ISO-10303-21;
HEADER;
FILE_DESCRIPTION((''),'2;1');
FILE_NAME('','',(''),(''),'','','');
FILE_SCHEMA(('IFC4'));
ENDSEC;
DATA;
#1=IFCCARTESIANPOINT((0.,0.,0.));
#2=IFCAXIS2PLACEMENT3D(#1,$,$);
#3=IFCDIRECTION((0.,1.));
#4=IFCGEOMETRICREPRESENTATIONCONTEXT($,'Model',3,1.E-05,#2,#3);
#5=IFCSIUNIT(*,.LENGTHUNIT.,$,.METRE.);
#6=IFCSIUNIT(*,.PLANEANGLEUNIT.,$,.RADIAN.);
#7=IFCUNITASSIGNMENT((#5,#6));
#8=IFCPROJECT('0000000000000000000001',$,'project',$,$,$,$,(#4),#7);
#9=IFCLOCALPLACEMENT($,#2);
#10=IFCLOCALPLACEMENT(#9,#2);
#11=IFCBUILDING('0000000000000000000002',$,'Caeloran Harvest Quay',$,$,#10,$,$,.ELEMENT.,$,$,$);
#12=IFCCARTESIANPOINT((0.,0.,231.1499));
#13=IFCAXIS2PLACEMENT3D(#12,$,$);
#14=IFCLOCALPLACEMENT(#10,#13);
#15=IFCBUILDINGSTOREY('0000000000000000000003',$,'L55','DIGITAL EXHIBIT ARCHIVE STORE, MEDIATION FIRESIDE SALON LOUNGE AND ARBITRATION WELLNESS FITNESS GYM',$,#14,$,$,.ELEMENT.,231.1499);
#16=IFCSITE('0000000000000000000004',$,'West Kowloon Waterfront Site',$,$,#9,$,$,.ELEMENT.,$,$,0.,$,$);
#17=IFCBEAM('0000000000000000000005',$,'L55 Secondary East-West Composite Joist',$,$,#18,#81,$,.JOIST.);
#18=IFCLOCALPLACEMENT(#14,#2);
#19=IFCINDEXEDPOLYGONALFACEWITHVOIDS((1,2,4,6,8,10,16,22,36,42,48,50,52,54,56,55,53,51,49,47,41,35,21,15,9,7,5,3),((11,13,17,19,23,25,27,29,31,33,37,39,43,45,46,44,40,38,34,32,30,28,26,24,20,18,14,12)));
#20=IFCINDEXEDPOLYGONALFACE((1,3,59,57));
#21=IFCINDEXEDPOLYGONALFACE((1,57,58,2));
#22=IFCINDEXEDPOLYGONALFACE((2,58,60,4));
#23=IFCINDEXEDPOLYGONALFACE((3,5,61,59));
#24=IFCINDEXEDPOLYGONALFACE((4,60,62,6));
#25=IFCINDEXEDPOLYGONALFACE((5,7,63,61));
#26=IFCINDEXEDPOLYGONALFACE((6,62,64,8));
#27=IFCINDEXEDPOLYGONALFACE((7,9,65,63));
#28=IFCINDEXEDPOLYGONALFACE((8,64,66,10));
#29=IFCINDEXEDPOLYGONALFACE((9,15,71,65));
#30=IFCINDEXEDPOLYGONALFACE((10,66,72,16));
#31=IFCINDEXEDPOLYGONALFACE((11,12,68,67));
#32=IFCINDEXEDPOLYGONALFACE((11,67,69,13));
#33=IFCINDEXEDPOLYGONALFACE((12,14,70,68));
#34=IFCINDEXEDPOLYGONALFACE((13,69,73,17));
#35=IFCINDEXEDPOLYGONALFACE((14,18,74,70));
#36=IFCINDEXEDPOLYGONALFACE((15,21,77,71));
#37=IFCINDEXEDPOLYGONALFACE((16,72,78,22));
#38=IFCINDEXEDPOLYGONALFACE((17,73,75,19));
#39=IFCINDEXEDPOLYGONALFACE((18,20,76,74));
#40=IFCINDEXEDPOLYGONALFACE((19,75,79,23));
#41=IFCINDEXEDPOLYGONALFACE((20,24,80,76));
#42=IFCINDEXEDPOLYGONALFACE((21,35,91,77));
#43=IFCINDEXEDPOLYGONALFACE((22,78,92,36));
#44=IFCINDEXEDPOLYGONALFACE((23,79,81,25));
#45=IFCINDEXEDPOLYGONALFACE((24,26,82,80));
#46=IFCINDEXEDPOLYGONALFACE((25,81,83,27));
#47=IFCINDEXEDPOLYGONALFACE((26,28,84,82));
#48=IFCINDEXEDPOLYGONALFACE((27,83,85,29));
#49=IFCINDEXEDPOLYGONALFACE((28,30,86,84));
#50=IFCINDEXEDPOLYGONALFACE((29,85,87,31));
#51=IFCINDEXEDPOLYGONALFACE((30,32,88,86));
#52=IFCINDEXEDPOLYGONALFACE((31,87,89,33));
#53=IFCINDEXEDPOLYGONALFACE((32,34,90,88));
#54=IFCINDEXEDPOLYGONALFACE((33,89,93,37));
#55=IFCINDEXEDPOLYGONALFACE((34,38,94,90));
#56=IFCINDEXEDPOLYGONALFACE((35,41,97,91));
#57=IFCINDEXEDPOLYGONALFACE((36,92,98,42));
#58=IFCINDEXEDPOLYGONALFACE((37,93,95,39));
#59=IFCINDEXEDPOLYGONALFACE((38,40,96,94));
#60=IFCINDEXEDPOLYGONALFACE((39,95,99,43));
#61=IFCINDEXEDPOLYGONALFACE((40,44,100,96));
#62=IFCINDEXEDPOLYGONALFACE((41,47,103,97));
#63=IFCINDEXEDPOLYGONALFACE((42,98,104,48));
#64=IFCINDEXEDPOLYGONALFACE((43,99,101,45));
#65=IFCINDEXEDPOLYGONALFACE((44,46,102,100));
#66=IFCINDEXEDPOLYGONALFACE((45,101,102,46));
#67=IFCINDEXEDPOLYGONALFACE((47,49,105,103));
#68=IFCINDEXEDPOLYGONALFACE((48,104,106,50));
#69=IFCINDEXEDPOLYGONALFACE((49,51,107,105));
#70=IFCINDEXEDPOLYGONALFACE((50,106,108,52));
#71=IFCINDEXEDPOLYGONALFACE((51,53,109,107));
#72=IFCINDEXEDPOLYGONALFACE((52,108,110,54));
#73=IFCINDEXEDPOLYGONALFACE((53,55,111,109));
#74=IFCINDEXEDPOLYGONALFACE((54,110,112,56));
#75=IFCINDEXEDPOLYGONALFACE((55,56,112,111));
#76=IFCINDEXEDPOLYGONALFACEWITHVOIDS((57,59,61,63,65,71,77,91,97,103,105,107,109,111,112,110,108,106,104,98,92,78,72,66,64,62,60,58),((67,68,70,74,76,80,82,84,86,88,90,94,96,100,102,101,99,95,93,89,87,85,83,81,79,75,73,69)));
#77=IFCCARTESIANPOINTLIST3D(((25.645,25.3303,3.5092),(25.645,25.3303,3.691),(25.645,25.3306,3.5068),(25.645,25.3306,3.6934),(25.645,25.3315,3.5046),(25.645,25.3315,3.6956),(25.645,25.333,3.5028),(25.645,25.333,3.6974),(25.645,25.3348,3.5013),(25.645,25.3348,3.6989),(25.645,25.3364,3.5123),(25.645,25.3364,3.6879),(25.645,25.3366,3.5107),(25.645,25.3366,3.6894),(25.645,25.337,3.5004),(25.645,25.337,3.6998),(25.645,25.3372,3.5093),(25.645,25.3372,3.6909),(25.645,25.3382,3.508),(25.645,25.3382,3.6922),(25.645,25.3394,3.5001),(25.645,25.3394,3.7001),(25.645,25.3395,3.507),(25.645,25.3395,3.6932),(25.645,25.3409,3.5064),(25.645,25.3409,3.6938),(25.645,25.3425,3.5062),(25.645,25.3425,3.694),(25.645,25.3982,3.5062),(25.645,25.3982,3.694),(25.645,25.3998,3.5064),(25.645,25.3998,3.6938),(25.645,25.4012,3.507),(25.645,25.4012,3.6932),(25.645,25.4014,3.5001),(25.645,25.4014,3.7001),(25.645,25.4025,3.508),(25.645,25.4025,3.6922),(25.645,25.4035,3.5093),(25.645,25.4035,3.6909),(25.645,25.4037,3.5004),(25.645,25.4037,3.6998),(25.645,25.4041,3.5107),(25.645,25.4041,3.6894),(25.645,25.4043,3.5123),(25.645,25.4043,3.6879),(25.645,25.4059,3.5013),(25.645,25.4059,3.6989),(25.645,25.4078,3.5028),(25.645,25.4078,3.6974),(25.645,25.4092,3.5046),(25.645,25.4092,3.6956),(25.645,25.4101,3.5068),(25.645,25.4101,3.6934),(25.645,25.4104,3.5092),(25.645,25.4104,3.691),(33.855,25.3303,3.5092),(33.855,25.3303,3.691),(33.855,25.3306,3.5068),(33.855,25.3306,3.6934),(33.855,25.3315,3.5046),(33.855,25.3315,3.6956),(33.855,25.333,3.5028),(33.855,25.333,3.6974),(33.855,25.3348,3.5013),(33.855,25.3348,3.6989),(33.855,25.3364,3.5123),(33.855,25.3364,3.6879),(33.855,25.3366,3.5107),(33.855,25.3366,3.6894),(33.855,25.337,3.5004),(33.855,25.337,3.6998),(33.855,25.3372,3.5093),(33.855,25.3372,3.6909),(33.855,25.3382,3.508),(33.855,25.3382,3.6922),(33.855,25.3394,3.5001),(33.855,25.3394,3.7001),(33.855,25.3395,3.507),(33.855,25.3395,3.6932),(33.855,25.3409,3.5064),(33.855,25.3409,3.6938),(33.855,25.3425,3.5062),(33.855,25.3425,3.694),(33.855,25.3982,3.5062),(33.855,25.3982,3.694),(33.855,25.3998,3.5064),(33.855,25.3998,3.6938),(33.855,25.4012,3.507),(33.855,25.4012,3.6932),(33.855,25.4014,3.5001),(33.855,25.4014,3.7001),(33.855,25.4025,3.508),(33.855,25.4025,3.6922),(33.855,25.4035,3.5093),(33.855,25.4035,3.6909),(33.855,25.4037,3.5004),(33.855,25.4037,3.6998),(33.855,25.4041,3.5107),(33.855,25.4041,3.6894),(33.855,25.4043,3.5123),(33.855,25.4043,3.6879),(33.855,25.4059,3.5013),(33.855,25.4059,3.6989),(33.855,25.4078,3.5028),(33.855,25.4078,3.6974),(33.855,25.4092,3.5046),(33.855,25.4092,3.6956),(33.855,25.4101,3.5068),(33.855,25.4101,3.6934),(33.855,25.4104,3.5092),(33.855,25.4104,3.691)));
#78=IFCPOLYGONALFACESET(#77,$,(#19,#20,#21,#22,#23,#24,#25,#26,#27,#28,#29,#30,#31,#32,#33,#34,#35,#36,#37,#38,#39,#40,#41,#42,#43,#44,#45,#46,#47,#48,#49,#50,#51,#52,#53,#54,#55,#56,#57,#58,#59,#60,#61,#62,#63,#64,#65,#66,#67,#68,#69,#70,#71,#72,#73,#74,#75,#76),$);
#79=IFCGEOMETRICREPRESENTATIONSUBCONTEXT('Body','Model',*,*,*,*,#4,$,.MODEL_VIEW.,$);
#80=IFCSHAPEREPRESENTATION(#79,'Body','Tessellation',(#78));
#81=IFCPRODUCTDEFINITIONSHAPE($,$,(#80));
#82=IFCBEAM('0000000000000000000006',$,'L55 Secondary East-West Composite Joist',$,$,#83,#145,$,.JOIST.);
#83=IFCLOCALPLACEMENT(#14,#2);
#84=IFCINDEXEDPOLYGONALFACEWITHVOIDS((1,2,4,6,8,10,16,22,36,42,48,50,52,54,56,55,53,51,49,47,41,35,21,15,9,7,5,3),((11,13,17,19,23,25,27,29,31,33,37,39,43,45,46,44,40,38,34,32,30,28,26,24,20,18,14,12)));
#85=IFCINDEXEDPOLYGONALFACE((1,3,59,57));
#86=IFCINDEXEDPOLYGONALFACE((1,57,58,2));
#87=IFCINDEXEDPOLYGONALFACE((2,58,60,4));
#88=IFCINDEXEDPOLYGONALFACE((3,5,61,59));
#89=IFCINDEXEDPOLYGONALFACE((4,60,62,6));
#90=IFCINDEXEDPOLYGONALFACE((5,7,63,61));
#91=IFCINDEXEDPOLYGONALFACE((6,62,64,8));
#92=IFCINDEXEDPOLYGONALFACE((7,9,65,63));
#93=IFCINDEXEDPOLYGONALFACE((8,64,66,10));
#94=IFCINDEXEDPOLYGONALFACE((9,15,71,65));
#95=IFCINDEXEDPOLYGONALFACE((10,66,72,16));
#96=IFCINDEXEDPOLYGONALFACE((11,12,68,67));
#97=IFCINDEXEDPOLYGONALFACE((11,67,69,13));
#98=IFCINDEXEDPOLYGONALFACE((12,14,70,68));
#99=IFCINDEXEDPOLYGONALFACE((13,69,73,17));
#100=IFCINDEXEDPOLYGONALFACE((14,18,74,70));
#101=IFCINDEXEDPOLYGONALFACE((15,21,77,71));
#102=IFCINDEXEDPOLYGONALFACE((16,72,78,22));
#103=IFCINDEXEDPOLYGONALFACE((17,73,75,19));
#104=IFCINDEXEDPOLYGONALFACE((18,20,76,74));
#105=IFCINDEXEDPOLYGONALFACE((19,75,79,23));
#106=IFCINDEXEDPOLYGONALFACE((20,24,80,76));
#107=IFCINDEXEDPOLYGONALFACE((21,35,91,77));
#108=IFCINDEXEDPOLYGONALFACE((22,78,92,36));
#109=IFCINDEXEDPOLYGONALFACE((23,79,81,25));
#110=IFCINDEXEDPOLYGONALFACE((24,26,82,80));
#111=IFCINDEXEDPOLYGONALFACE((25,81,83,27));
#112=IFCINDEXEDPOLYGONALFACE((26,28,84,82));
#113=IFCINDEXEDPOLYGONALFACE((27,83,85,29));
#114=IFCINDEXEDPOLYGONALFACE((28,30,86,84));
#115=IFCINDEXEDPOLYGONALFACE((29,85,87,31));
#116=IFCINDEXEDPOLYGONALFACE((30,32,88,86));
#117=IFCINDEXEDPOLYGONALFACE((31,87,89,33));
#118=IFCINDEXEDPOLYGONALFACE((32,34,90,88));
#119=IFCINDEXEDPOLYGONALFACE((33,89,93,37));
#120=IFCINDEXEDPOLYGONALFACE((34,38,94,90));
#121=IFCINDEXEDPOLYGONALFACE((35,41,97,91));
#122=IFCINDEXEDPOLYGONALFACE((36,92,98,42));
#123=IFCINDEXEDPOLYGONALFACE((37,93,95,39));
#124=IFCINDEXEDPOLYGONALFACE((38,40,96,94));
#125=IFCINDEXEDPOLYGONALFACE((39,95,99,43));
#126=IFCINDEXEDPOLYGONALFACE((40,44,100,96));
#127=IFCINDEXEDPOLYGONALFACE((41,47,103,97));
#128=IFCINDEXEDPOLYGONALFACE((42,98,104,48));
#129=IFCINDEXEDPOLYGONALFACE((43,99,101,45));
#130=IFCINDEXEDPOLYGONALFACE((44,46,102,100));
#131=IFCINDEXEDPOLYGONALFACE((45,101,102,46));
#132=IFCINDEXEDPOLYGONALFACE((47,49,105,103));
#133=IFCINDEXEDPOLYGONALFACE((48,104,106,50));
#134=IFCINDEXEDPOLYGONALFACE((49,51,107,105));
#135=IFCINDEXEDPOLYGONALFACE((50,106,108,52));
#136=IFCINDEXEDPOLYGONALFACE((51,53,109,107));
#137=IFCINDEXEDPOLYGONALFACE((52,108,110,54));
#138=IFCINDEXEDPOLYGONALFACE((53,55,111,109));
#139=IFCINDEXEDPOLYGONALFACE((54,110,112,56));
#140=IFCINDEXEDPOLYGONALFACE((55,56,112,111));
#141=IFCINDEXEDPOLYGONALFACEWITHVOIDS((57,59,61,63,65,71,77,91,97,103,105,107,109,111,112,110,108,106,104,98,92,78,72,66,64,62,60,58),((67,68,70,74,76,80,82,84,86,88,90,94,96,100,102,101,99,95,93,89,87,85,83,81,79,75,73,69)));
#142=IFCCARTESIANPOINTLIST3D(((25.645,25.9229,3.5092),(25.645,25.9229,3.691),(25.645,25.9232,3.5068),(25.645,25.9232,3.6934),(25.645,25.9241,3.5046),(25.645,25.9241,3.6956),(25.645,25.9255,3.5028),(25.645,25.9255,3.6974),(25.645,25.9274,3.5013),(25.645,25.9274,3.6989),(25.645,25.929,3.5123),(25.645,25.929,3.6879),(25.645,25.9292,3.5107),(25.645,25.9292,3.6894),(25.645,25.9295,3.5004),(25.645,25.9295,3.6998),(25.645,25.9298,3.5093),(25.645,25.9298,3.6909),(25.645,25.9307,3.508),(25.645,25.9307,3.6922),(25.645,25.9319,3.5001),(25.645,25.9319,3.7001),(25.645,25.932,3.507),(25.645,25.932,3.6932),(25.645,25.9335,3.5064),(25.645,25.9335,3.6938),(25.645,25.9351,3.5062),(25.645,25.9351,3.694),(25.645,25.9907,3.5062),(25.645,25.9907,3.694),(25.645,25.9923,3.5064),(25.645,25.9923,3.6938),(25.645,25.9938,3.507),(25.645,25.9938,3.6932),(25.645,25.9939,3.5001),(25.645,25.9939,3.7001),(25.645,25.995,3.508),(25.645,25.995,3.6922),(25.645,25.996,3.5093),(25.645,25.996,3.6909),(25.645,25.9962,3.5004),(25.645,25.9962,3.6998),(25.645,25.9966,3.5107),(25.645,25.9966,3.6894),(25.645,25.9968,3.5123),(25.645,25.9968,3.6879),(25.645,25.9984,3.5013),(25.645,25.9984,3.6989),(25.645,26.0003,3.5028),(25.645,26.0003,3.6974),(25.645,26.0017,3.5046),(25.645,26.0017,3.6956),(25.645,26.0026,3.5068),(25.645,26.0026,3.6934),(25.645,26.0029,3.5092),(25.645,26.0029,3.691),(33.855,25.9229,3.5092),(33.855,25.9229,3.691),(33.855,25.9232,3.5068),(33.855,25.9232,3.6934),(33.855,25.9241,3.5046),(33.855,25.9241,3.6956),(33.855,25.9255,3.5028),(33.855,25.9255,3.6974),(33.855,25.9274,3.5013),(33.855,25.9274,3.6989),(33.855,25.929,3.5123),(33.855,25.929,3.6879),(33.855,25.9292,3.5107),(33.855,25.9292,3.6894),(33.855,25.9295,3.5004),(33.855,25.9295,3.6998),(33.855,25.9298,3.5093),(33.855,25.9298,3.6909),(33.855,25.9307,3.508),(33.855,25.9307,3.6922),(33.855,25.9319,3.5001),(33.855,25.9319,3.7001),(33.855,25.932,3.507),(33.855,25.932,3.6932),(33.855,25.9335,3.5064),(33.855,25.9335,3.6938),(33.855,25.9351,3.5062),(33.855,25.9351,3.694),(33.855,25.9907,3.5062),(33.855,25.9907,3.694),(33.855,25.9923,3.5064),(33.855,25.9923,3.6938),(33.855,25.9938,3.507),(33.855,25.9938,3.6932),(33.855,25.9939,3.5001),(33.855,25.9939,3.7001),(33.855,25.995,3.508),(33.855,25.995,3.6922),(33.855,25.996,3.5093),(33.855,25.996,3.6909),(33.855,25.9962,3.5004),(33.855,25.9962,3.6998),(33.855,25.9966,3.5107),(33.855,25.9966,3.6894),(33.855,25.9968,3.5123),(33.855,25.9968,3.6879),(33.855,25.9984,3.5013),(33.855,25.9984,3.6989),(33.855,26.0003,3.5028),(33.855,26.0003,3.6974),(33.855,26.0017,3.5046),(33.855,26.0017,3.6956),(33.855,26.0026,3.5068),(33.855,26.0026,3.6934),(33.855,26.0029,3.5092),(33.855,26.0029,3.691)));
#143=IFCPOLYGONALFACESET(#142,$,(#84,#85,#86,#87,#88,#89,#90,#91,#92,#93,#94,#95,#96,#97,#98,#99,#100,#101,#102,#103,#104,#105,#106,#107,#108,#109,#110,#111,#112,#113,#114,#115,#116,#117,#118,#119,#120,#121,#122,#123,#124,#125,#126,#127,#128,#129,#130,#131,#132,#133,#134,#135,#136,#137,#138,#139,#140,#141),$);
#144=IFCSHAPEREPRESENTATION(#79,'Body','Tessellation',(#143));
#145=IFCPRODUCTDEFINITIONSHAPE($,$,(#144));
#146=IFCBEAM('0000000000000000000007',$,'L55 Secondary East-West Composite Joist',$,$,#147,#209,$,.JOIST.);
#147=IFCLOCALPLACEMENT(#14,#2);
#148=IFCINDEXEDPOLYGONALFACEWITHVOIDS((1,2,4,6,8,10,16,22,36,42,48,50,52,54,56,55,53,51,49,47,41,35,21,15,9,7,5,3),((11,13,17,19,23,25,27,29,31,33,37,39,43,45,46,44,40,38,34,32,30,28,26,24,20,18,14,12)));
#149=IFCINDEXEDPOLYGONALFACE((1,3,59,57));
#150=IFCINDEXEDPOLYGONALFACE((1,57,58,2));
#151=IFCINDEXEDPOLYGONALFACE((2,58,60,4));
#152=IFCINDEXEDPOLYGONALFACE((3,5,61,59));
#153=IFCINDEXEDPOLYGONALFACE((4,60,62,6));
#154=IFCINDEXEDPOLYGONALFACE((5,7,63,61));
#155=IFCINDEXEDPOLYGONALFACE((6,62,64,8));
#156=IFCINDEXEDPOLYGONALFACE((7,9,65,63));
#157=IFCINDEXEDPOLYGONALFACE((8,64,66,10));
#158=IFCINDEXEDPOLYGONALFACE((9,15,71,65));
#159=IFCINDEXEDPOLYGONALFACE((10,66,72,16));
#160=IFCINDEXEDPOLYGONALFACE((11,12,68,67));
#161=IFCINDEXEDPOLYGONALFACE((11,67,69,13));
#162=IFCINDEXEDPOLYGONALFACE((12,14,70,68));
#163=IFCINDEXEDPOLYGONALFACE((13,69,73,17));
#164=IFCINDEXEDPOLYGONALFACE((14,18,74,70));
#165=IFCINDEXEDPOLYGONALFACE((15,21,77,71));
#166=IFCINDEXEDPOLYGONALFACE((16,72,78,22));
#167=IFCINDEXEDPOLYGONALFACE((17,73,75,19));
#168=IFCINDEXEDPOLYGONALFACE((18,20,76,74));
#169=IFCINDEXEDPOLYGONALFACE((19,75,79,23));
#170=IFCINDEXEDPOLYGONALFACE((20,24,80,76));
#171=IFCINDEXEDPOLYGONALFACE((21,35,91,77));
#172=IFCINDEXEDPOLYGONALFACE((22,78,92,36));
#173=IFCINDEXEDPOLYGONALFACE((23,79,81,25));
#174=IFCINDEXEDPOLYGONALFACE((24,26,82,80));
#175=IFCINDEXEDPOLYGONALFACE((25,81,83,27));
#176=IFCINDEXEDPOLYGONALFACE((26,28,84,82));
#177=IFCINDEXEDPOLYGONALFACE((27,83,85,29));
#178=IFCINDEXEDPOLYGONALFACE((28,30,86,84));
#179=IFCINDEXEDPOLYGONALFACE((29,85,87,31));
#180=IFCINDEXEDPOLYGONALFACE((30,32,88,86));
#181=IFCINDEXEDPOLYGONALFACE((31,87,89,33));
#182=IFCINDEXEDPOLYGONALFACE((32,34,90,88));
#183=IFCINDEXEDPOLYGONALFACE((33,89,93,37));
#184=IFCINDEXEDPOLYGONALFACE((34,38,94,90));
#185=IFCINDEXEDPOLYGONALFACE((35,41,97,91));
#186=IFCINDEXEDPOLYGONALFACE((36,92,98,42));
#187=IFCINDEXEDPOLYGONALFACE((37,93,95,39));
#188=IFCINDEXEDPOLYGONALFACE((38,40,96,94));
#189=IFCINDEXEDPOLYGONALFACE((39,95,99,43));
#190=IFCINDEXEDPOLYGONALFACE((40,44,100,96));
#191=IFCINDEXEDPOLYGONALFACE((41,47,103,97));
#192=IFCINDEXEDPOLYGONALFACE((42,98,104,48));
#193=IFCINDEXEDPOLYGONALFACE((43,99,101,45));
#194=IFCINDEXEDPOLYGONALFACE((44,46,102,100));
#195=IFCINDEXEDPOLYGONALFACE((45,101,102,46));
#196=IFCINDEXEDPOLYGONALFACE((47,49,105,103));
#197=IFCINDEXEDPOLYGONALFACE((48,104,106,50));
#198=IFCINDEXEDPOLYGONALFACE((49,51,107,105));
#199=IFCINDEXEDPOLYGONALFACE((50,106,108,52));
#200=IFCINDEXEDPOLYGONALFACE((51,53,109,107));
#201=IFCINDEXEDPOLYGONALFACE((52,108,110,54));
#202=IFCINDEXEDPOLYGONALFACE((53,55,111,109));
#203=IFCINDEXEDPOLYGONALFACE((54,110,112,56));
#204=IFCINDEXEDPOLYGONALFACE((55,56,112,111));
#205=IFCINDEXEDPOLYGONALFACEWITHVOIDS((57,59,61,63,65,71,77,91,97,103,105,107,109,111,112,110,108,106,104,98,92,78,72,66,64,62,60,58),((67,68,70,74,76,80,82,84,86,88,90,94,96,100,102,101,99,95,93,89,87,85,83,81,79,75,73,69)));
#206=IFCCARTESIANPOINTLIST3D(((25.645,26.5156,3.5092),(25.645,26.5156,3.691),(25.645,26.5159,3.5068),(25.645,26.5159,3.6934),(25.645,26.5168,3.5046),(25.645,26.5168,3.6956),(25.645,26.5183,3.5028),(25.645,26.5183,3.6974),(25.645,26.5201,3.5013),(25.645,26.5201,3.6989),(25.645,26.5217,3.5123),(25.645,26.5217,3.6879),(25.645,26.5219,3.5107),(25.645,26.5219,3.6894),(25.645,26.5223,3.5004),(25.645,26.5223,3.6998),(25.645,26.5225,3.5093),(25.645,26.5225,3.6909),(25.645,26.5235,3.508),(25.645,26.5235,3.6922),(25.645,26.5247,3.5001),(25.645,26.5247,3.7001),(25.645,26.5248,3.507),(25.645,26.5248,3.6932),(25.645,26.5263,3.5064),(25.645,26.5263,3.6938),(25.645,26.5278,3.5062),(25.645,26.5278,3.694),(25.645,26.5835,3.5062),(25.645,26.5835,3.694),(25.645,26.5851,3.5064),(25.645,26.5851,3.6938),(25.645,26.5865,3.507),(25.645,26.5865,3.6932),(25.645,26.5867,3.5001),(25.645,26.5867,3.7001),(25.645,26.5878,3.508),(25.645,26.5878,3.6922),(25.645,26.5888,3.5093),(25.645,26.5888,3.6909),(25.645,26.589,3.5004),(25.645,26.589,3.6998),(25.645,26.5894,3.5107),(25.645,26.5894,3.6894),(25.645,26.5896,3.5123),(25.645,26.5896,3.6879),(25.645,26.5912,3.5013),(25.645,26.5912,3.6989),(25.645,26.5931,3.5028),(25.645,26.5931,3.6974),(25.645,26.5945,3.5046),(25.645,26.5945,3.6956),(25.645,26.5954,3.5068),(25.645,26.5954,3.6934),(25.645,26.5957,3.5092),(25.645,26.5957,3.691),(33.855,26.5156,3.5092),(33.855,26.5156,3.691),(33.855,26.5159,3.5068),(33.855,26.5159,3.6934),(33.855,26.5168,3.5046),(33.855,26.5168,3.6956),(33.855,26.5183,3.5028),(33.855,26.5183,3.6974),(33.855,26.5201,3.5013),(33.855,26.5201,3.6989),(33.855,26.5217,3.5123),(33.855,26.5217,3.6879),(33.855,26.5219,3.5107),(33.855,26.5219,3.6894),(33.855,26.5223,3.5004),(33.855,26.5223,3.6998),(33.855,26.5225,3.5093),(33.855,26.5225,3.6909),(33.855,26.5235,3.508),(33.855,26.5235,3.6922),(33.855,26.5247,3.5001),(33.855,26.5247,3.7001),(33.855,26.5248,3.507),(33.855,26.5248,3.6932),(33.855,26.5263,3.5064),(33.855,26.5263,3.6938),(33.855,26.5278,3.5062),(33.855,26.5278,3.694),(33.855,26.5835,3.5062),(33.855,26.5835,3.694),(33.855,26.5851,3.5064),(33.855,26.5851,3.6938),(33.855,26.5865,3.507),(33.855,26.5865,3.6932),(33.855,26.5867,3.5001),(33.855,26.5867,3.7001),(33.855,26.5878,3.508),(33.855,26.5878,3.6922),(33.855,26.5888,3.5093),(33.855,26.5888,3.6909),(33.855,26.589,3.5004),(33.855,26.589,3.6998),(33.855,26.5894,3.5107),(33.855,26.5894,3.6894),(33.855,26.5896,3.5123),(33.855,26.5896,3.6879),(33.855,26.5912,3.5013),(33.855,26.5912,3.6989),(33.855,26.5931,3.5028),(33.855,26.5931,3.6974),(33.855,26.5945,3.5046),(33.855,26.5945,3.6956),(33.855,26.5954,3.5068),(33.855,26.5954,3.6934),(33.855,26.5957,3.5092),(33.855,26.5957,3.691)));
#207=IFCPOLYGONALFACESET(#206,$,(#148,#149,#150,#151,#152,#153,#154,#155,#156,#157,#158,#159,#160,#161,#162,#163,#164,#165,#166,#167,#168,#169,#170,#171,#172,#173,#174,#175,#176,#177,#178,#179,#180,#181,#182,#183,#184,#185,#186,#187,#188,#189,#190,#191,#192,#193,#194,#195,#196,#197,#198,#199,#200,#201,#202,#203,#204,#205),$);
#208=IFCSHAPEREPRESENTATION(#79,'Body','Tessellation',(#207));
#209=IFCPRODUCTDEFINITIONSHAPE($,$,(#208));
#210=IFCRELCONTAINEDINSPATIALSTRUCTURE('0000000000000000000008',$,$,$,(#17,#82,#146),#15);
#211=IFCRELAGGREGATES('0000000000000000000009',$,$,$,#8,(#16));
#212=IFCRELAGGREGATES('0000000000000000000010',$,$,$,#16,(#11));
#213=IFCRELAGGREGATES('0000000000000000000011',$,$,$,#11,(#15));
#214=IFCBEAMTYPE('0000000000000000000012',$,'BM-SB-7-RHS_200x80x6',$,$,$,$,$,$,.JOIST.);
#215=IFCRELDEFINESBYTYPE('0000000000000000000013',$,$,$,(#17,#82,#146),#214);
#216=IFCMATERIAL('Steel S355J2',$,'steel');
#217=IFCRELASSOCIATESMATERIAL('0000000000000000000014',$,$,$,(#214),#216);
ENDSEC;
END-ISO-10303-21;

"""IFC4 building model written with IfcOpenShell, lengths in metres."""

from ifc_helpers import new_model, si_unit, direction, frame, origin, origin_2d, place, context, subcontext, project, spatial, hollow_rectangle, extrude, material, material_profile, profile_set, type_object, element, save


model = new_model("IFC4")

# Units and contexts
model_context = context("Model", 3, precision=1e-05, world=origin(), true_north=direction((0.0, 1.0)))
body_context = subcontext(model_context, "Body", "Model", "MODEL_VIEW")
ifc_project = project(units=[si_unit("LENGTHUNIT", "METRE"), si_unit("PLANEANGLEUNIT", "RADIAN")], contexts=[model_context])

# Site, building, storey
site_placement = place(None, origin())
site = spatial("IfcSite", under=ifc_project, at=site_placement, Name="West Kowloon Waterfront Site", CompositionType="ELEMENT", RefElevation=0.0)
building_placement = place(site_placement, origin())
building = spatial("IfcBuilding", under=site, at=building_placement, Name="Caeloran Harvest Quay", CompositionType="ELEMENT")
storey_placement = place(building_placement, frame((0.0, 0.0, 231.1499)))
storey = spatial("IfcBuildingStorey", under=building, at=storey_placement, Name="L55", Description="DIGITAL EXHIBIT ARCHIVE STORE, MEDIATION FIRESIDE SALON LOUNGE AND ARBITRATION WELLNESS FITNESS GYM", CompositionType="ELEMENT", Elevation=231.1499)

# Beams
ifc_material_1 = material(Name="Steel S355J2", Category="steel")
ifc_material_profile_1 = material_profile(ifc_material_1, hollow_rectangle(XDim=0.0801, YDim=0.2, WallThickness=0.0061, InnerFilletRadius=0.0061, OuterFilletRadius=0.009, at=origin_2d()), Name="RHS 200x80x6")
ifc_profile_set_1 = profile_set([ifc_material_profile_1], Name="Steel S355J2")
beam_type_1 = type_object("IfcBeamType", Name="BM-SB-7-RHS_200x80x6", PredefinedType="JOIST", material=ifc_profile_set_1)
for number, where, z_axis, x_axis, name in (
    (1, (25.645, 25.3704, 3.6001), (1.0, 0.0, 0.0), (0.0, 1.0, 0.0), "L55 Secondary East-West Composite Joist"),
    (2, (25.645, 25.9629, 3.6001), (1.0, 0.0, 0.0), (0.0, 1.0, 0.0), "L55 Secondary East-West Composite Joist"),
    (3, (25.645, 26.5557, 3.6001), (1.0, 0.0, 0.0), (0.0, 1.0, 0.0), "L55 Secondary East-West Composite Joist"),
):
    element("IfcBeam", number, at=place(storey_placement, frame(where, z_axis=z_axis, x_axis=x_axis)), inside=storey, type_object=beam_type_1, Name=name, PredefinedType="JOIST", context=body_context, shape_type="SweptSolid", body=[
        extrude(hollow_rectangle(XDim=0.0801, YDim=0.2, WallThickness=0.0061, InnerFilletRadius=0.0061, OuterFilletRadius=0.009, at=origin_2d()), origin(), (0.0, 0.0, 1.0), 8.21),
    ])

save(model, "model.ifc")
